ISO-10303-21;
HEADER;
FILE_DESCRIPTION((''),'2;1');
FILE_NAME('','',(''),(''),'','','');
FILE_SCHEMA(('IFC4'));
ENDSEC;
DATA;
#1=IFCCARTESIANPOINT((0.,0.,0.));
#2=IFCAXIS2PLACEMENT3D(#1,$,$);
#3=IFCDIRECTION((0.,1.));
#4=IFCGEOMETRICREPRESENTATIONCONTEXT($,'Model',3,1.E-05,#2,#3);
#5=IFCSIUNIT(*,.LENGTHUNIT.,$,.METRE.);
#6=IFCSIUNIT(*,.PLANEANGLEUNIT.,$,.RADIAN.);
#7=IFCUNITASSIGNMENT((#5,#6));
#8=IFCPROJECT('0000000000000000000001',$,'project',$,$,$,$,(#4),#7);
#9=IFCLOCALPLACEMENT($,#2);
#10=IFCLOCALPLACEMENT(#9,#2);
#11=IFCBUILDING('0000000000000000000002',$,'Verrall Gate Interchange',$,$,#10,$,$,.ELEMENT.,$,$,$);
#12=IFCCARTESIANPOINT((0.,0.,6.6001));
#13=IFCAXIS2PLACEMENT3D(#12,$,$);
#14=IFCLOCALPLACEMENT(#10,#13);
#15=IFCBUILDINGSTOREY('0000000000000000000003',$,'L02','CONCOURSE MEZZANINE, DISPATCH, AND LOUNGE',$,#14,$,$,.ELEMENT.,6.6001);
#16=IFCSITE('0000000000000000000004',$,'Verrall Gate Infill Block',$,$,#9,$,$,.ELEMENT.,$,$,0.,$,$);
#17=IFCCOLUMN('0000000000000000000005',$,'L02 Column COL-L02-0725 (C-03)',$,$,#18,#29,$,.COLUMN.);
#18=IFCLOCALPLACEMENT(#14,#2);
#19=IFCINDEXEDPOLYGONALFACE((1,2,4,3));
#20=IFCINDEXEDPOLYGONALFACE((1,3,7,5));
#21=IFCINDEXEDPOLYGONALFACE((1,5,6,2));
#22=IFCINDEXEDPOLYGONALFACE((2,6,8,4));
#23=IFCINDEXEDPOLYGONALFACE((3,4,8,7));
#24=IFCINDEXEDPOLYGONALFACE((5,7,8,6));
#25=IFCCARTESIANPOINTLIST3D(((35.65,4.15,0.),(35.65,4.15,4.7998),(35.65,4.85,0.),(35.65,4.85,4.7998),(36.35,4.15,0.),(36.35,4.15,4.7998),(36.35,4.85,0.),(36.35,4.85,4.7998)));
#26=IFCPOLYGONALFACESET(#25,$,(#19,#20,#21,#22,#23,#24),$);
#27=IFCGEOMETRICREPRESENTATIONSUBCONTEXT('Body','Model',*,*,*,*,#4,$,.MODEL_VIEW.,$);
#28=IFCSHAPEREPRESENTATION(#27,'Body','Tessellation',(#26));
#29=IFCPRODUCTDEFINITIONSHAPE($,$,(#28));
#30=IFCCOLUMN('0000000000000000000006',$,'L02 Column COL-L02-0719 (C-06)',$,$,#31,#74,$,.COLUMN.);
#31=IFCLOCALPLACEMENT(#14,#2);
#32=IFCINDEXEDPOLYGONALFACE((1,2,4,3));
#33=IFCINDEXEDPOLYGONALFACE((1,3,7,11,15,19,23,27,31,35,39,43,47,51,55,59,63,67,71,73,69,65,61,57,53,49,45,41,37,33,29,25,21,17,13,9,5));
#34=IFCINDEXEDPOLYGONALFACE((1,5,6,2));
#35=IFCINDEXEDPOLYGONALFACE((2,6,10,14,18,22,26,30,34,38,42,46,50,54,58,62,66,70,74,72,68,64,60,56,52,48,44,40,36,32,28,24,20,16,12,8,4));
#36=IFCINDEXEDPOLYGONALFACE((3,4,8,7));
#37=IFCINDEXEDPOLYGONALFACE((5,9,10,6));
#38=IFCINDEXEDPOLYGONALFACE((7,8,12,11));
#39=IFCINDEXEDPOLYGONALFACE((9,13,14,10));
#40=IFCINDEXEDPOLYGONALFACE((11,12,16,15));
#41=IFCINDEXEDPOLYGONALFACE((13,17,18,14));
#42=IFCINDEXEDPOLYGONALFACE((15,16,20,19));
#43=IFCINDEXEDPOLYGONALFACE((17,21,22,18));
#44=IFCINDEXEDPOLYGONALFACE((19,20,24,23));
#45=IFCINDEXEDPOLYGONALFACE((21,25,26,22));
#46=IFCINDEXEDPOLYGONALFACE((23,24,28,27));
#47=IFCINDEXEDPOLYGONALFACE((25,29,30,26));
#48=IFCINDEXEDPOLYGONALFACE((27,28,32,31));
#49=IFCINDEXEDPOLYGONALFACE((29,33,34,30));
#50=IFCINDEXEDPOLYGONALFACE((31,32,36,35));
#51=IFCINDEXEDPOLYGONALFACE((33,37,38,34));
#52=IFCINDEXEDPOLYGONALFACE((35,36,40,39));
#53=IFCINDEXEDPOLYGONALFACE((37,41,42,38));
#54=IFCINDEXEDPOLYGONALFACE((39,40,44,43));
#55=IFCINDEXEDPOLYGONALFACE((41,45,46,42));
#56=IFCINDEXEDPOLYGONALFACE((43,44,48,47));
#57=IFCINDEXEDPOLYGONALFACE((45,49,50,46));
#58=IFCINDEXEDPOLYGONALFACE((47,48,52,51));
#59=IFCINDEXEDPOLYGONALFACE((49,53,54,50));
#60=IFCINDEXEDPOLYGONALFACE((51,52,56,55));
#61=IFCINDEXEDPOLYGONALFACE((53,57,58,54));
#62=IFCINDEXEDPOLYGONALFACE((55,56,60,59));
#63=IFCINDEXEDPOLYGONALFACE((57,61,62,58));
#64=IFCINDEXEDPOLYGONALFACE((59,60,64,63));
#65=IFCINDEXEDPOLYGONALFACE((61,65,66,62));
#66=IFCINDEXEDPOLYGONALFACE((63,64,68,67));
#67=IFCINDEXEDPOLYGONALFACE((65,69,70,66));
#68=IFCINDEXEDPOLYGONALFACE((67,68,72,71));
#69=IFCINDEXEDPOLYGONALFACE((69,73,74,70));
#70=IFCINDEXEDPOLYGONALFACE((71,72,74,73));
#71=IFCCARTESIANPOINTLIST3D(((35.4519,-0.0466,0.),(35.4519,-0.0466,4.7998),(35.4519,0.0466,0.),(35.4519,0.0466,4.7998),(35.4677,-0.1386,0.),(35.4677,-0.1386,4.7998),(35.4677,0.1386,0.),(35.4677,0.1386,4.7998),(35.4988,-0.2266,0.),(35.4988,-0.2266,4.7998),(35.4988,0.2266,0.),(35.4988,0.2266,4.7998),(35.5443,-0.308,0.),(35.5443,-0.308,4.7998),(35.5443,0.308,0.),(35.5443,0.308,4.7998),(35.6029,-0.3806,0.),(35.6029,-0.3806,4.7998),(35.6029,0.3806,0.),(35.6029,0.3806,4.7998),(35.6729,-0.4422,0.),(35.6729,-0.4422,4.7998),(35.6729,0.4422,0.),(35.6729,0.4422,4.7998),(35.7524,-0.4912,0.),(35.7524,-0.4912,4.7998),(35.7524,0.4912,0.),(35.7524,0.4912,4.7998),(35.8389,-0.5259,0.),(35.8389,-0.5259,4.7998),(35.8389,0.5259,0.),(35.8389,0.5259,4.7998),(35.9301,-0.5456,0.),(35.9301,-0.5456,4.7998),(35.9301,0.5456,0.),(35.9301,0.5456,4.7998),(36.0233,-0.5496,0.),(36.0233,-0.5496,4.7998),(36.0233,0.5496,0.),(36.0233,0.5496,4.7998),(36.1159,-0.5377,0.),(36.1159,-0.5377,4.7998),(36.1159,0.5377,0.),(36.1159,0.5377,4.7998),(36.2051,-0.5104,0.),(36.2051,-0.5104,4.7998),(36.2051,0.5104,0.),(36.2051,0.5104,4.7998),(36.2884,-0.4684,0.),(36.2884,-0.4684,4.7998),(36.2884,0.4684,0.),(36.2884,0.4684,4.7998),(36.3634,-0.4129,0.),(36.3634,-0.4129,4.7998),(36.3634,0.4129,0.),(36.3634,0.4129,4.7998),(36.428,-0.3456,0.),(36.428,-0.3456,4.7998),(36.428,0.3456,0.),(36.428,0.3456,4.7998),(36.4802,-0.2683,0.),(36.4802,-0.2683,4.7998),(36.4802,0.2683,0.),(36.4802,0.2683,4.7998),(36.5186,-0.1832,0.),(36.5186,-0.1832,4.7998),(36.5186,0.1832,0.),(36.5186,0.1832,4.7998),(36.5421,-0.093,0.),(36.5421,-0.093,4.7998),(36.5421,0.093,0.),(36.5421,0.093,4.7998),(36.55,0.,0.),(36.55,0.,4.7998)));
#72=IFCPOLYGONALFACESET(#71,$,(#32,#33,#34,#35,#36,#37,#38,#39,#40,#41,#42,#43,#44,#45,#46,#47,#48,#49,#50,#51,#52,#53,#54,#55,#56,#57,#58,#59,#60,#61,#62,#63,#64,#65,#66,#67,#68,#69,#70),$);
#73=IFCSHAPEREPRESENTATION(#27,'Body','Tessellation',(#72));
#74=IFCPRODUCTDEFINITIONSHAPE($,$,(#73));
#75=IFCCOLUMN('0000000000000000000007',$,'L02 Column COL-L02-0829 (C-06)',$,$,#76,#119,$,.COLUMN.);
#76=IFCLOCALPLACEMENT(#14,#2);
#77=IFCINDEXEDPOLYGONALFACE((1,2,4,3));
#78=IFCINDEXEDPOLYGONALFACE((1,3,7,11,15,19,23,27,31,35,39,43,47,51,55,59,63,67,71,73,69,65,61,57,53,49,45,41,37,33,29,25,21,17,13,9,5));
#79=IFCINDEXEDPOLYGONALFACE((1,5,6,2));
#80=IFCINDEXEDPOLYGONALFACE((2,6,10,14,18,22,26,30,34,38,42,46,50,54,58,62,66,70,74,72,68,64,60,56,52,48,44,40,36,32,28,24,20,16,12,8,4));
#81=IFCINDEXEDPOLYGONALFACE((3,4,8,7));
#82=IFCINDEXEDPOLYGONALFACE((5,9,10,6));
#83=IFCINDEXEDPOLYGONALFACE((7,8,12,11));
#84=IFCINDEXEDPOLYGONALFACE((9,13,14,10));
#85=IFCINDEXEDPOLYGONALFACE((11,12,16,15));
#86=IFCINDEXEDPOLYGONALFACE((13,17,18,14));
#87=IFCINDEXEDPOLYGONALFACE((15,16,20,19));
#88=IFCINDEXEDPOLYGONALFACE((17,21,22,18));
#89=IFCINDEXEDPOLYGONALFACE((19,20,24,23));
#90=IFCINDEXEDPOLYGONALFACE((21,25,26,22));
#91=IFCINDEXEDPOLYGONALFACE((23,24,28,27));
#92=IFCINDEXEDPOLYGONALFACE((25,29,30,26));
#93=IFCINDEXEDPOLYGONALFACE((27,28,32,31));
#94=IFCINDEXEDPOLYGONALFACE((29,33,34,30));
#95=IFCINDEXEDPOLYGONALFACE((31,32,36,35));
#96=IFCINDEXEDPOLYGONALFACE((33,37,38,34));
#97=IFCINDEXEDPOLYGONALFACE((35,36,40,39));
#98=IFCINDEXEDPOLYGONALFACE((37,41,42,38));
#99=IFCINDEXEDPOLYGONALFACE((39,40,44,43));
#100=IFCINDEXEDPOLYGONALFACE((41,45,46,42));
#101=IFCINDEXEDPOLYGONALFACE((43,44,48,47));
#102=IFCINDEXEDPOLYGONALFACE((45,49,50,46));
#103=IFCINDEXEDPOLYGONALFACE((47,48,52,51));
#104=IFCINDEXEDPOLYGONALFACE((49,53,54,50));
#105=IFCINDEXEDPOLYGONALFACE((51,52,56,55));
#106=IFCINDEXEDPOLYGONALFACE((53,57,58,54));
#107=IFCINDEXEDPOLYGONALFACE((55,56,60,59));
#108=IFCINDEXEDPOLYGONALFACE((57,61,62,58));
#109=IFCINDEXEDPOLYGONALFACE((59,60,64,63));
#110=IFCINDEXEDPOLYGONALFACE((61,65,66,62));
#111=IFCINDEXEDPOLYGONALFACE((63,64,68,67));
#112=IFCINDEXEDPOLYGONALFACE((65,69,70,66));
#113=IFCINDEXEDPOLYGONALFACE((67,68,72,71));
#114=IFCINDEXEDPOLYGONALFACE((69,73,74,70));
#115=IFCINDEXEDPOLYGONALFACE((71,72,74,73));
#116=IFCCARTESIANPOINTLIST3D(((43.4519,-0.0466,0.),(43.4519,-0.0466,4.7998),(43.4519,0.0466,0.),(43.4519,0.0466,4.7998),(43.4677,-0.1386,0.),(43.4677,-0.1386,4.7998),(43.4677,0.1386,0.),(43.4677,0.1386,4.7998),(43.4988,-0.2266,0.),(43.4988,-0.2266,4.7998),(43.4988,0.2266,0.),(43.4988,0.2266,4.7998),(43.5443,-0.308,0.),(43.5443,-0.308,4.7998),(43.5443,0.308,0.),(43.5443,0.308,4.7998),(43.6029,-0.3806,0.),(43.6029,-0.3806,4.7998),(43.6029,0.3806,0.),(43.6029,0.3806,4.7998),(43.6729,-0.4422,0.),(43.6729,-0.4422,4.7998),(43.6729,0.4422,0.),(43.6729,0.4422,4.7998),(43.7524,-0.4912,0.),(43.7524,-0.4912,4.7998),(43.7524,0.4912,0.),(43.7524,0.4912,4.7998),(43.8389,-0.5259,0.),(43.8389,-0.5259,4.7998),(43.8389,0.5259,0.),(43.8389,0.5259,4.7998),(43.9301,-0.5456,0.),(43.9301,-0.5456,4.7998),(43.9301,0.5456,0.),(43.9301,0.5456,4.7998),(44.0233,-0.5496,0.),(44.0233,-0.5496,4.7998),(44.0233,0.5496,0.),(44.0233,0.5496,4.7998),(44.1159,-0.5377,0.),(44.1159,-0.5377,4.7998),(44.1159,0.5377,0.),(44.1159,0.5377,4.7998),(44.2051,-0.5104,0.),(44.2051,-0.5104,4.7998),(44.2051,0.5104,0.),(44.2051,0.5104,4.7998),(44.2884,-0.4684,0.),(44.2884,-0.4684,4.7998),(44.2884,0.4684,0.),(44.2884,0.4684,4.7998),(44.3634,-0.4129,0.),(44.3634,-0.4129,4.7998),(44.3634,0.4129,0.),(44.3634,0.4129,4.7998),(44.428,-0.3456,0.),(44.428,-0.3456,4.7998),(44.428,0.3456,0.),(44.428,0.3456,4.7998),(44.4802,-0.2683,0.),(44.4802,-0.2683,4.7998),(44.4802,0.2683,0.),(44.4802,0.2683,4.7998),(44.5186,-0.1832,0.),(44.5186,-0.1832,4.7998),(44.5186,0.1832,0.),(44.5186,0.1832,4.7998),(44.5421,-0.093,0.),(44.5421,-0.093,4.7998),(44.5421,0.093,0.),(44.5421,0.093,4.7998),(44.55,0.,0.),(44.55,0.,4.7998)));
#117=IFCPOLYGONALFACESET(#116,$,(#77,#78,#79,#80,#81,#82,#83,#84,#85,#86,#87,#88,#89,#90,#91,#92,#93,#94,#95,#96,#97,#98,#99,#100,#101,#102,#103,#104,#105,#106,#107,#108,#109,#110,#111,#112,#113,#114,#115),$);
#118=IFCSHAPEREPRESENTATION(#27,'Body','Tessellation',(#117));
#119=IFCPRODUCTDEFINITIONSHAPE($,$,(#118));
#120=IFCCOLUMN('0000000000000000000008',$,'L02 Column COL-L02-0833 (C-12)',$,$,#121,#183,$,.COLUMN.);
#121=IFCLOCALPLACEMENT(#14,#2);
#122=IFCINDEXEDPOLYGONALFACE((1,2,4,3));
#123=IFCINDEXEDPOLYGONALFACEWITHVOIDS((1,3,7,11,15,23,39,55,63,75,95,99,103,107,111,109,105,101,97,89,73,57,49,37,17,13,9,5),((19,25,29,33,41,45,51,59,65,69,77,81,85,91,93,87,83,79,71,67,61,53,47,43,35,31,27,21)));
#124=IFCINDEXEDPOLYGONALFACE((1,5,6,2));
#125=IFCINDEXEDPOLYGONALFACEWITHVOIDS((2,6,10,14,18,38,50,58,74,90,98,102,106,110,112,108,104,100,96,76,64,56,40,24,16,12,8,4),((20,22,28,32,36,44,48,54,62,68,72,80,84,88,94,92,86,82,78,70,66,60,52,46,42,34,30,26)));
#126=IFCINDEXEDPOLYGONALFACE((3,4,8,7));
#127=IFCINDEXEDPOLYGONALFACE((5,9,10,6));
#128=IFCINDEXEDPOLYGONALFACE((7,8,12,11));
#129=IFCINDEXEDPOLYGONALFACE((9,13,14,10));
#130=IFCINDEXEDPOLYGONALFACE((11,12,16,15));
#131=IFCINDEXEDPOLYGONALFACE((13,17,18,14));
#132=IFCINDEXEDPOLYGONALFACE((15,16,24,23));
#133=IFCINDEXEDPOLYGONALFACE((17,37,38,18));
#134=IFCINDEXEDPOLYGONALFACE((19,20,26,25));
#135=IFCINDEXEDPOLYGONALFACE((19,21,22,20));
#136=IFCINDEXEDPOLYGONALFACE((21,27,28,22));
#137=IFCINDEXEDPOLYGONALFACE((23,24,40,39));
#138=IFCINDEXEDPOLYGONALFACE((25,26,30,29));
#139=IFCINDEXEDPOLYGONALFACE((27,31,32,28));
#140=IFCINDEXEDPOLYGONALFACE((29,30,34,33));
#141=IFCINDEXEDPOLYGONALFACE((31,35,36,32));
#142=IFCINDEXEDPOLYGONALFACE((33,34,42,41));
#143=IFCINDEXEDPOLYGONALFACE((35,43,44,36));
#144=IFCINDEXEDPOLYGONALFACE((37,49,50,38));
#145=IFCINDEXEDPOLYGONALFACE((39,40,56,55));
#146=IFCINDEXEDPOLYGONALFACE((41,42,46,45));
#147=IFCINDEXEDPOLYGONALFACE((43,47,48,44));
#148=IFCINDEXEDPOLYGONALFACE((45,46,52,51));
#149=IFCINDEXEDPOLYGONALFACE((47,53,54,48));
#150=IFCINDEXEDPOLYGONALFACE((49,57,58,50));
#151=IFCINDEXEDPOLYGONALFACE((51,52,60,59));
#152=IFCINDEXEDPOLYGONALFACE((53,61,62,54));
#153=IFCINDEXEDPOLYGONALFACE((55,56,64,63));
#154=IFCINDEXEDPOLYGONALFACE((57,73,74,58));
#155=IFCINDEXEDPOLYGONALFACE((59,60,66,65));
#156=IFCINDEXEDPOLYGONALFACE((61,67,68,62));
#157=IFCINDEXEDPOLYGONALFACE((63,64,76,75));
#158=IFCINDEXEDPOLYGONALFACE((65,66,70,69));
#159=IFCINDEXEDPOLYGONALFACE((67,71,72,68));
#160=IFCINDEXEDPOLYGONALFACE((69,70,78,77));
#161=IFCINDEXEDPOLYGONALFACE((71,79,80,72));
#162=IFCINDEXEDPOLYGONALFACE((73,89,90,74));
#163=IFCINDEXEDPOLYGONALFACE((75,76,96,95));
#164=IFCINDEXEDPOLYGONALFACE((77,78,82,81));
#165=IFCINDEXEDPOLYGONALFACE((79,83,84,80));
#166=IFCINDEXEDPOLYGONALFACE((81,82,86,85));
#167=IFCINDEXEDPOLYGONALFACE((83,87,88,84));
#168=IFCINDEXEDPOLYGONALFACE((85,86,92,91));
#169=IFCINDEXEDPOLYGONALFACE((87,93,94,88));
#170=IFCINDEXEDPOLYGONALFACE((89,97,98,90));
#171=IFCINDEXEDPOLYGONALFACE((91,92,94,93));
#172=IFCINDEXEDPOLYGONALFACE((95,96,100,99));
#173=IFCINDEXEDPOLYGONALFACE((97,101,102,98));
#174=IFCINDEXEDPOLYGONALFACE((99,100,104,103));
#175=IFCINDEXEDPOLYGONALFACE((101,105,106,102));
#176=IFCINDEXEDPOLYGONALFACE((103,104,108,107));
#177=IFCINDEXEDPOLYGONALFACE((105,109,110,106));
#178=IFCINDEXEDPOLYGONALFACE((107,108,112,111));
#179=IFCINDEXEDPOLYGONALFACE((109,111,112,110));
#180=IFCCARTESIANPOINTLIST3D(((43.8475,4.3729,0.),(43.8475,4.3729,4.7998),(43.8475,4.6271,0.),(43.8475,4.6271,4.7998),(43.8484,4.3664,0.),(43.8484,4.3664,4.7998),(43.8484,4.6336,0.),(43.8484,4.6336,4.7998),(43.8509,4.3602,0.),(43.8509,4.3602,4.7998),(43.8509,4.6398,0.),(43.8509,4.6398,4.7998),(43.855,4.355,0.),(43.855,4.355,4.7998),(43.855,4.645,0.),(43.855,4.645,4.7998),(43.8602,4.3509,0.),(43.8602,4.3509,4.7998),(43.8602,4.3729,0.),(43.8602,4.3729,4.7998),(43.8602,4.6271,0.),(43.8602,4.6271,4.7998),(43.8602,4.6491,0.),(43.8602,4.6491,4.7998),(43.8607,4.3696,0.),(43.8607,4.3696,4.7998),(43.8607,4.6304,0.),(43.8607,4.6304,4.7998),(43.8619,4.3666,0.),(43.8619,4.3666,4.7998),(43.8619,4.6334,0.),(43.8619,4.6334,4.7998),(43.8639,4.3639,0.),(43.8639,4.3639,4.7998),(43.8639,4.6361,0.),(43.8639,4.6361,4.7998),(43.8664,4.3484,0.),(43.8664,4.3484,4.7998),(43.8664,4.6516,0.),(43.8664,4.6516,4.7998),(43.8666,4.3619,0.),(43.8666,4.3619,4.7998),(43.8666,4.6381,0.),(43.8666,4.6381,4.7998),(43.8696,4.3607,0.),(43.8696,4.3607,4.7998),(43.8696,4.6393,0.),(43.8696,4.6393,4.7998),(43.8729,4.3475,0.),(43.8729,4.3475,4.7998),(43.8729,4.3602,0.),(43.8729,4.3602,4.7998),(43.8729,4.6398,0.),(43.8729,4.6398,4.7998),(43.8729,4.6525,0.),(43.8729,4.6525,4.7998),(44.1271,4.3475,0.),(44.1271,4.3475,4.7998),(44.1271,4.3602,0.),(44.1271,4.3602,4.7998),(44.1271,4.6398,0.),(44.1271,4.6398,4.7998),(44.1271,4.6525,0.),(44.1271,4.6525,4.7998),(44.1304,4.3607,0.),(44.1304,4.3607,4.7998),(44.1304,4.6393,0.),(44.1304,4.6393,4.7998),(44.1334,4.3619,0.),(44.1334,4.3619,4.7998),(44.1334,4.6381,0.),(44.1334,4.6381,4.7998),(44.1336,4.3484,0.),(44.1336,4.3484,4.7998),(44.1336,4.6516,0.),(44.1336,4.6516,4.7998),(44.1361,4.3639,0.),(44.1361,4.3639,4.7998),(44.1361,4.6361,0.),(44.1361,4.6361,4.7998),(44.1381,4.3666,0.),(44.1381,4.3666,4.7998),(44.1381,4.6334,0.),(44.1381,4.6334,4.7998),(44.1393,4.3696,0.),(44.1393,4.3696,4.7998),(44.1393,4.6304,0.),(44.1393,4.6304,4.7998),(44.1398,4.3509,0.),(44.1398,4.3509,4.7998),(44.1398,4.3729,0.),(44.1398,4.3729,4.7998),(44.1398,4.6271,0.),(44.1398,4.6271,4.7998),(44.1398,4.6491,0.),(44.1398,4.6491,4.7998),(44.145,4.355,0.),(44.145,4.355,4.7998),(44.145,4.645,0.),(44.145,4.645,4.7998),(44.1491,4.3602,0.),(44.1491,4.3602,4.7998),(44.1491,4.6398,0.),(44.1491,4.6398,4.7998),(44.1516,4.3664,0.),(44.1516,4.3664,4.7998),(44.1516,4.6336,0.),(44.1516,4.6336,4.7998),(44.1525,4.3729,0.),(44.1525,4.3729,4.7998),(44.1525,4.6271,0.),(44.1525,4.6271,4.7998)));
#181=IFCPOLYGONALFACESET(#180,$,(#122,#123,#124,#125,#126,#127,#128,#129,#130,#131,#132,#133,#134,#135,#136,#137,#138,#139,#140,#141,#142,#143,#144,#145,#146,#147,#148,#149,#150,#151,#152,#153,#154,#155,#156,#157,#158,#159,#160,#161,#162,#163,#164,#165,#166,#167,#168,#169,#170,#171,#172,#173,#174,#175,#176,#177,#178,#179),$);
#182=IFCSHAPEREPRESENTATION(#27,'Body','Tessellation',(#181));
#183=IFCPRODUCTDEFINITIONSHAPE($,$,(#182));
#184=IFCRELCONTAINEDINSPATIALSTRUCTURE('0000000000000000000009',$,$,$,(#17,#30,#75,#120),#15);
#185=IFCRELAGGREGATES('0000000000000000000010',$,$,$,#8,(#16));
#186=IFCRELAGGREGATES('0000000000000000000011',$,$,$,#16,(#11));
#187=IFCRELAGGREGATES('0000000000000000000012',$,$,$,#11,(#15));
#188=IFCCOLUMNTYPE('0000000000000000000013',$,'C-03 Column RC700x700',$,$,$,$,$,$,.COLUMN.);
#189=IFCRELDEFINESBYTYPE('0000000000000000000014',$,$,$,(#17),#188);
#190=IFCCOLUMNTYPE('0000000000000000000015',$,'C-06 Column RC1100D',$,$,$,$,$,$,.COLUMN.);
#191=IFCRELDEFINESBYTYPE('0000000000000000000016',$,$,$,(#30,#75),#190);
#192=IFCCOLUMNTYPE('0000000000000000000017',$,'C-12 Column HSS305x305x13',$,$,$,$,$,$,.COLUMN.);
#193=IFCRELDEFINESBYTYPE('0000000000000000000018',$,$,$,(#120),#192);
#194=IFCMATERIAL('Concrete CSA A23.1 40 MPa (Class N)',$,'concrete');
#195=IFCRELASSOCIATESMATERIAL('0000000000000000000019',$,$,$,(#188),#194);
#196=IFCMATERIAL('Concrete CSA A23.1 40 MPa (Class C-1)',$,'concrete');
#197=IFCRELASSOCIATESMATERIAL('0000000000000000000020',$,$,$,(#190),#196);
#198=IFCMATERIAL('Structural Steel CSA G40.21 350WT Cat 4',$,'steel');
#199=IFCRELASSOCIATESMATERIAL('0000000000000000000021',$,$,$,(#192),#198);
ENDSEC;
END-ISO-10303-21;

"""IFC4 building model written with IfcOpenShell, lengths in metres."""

from ifc_helpers import new_model, si_unit, direction, frame, origin, origin_2d, place, context, subcontext, project, spatial, rectangle, hollow_rectangle, circle, extrude, material, material_profile, profile_set, type_object, element, save


model = new_model("IFC4")

# Units and contexts
model_context = context("Model", 3, precision=1e-05, world=origin(), true_north=direction((0.0, 1.0)))
body_context = subcontext(model_context, "Body", "Model", "MODEL_VIEW")
ifc_project = project(units=[si_unit("LENGTHUNIT", "METRE"), si_unit("PLANEANGLEUNIT", "RADIAN")], contexts=[model_context])

# Site, building, storey
site_placement = place(None, origin())
site = spatial("IfcSite", under=ifc_project, at=site_placement, Name="Verrall Gate Infill Block", CompositionType="ELEMENT", RefElevation=0.0)
building_placement = place(site_placement, origin())
building = spatial("IfcBuilding", under=site, at=building_placement, Name="Verrall Gate Interchange", CompositionType="ELEMENT")
storey_placement = place(building_placement, frame((0.0, 0.0, 6.6001)))
storey = spatial("IfcBuildingStorey", under=building, at=storey_placement, Name="L02", Description="CONCOURSE MEZZANINE, DISPATCH, AND LOUNGE", CompositionType="ELEMENT", Elevation=6.6001)

# Columns
ifc_material_1 = material(Name="Concrete CSA A23.1 40 MPa (Class N)", Category="concrete")
ifc_material_profile_1 = material_profile(ifc_material_1, rectangle(XDim=0.7, YDim=0.7, at=origin_2d()), Name="RC700x700")
ifc_profile_set_1 = profile_set([ifc_material_profile_1], Name="Concrete CSA A23.1 40 MPa (Class N)")
column_type_1 = type_object("IfcColumnType", Name="C-03 Column RC700x700", PredefinedType="COLUMN", material=ifc_profile_set_1)
column_1_placement = place(storey_placement, frame((36.0, 4.5, 0.0), z_axis=(0.0, 0.0, 1.0), x_axis=(1.0, 0.0, 0.0)))
element("IfcColumn", 1, at=column_1_placement, inside=storey, type_object=column_type_1, Name="L02 Column COL-L02-0725 (C-03)", PredefinedType="COLUMN", context=body_context, shape_type="SweptSolid", body=[
    extrude(rectangle(XDim=0.7, YDim=0.7, at=origin_2d()), origin(), (0.0, 0.0, 1.0), 4.7998),
])
ifc_material_2 = material(Name="Concrete CSA A23.1 40 MPa (Class C-1)", Category="concrete")
ifc_material_profile_2 = material_profile(ifc_material_2, circle(Radius=0.55, at=origin_2d()), Name="RC1100D")
ifc_profile_set_2 = profile_set([ifc_material_profile_2], Name="Concrete CSA A23.1 40 MPa (Class C-1)")
column_type_2 = type_object("IfcColumnType", Name="C-06 Column RC1100D", PredefinedType="COLUMN", material=ifc_profile_set_2)
for number, where, z_axis, x_axis, name in (
    (2, (36.0, 0.0, 0.0), (0.0, 0.0, 1.0), (1.0, 0.0, 0.0), "L02 Column COL-L02-0719 (C-06)"),
    (3, (44.0, 0.0, 0.0), (0.0, 0.0, 1.0), (1.0, 0.0, 0.0), "L02 Column COL-L02-0829 (C-06)"),
):
    element("IfcColumn", number, at=place(storey_placement, frame(where, z_axis=z_axis, x_axis=x_axis)), inside=storey, type_object=column_type_2, Name=name, PredefinedType="COLUMN", context=body_context, shape_type="SweptSolid", body=[
        extrude(circle(Radius=0.55, at=origin_2d()), origin(), (0.0, 0.0, 1.0), 4.7998),
    ])
ifc_material_3 = material(Name="Structural Steel CSA G40.21 350WT Cat 4", Category="steel")
ifc_material_profile_3 = material_profile(ifc_material_3, hollow_rectangle(XDim=0.3049, YDim=0.3049, WallThickness=0.0127, InnerFilletRadius=0.0127, OuterFilletRadius=0.0254, at=origin_2d()), Name="HSS305x305x13")
ifc_profile_set_3 = profile_set([ifc_material_profile_3], Name="Structural Steel CSA G40.21 350WT Cat 4")
column_type_3 = type_object("IfcColumnType", Name="C-12 Column HSS305x305x13", PredefinedType="COLUMN", material=ifc_profile_set_3)
column_2_placement = place(storey_placement, frame((44.0, 4.5, 0.0), z_axis=(0.0, 0.0, 1.0), x_axis=(1.0, 0.0, 0.0)))
element("IfcColumn", 4, at=column_2_placement, inside=storey, type_object=column_type_3, Name="L02 Column COL-L02-0833 (C-12)", PredefinedType="COLUMN", context=body_context, shape_type="SweptSolid", body=[
    extrude(hollow_rectangle(XDim=0.3049, YDim=0.3049, WallThickness=0.0127, InnerFilletRadius=0.0127, OuterFilletRadius=0.0254, at=origin_2d()), origin(), (0.0, 0.0, 1.0), 4.7998),
])

save(model, "model.ifc")
